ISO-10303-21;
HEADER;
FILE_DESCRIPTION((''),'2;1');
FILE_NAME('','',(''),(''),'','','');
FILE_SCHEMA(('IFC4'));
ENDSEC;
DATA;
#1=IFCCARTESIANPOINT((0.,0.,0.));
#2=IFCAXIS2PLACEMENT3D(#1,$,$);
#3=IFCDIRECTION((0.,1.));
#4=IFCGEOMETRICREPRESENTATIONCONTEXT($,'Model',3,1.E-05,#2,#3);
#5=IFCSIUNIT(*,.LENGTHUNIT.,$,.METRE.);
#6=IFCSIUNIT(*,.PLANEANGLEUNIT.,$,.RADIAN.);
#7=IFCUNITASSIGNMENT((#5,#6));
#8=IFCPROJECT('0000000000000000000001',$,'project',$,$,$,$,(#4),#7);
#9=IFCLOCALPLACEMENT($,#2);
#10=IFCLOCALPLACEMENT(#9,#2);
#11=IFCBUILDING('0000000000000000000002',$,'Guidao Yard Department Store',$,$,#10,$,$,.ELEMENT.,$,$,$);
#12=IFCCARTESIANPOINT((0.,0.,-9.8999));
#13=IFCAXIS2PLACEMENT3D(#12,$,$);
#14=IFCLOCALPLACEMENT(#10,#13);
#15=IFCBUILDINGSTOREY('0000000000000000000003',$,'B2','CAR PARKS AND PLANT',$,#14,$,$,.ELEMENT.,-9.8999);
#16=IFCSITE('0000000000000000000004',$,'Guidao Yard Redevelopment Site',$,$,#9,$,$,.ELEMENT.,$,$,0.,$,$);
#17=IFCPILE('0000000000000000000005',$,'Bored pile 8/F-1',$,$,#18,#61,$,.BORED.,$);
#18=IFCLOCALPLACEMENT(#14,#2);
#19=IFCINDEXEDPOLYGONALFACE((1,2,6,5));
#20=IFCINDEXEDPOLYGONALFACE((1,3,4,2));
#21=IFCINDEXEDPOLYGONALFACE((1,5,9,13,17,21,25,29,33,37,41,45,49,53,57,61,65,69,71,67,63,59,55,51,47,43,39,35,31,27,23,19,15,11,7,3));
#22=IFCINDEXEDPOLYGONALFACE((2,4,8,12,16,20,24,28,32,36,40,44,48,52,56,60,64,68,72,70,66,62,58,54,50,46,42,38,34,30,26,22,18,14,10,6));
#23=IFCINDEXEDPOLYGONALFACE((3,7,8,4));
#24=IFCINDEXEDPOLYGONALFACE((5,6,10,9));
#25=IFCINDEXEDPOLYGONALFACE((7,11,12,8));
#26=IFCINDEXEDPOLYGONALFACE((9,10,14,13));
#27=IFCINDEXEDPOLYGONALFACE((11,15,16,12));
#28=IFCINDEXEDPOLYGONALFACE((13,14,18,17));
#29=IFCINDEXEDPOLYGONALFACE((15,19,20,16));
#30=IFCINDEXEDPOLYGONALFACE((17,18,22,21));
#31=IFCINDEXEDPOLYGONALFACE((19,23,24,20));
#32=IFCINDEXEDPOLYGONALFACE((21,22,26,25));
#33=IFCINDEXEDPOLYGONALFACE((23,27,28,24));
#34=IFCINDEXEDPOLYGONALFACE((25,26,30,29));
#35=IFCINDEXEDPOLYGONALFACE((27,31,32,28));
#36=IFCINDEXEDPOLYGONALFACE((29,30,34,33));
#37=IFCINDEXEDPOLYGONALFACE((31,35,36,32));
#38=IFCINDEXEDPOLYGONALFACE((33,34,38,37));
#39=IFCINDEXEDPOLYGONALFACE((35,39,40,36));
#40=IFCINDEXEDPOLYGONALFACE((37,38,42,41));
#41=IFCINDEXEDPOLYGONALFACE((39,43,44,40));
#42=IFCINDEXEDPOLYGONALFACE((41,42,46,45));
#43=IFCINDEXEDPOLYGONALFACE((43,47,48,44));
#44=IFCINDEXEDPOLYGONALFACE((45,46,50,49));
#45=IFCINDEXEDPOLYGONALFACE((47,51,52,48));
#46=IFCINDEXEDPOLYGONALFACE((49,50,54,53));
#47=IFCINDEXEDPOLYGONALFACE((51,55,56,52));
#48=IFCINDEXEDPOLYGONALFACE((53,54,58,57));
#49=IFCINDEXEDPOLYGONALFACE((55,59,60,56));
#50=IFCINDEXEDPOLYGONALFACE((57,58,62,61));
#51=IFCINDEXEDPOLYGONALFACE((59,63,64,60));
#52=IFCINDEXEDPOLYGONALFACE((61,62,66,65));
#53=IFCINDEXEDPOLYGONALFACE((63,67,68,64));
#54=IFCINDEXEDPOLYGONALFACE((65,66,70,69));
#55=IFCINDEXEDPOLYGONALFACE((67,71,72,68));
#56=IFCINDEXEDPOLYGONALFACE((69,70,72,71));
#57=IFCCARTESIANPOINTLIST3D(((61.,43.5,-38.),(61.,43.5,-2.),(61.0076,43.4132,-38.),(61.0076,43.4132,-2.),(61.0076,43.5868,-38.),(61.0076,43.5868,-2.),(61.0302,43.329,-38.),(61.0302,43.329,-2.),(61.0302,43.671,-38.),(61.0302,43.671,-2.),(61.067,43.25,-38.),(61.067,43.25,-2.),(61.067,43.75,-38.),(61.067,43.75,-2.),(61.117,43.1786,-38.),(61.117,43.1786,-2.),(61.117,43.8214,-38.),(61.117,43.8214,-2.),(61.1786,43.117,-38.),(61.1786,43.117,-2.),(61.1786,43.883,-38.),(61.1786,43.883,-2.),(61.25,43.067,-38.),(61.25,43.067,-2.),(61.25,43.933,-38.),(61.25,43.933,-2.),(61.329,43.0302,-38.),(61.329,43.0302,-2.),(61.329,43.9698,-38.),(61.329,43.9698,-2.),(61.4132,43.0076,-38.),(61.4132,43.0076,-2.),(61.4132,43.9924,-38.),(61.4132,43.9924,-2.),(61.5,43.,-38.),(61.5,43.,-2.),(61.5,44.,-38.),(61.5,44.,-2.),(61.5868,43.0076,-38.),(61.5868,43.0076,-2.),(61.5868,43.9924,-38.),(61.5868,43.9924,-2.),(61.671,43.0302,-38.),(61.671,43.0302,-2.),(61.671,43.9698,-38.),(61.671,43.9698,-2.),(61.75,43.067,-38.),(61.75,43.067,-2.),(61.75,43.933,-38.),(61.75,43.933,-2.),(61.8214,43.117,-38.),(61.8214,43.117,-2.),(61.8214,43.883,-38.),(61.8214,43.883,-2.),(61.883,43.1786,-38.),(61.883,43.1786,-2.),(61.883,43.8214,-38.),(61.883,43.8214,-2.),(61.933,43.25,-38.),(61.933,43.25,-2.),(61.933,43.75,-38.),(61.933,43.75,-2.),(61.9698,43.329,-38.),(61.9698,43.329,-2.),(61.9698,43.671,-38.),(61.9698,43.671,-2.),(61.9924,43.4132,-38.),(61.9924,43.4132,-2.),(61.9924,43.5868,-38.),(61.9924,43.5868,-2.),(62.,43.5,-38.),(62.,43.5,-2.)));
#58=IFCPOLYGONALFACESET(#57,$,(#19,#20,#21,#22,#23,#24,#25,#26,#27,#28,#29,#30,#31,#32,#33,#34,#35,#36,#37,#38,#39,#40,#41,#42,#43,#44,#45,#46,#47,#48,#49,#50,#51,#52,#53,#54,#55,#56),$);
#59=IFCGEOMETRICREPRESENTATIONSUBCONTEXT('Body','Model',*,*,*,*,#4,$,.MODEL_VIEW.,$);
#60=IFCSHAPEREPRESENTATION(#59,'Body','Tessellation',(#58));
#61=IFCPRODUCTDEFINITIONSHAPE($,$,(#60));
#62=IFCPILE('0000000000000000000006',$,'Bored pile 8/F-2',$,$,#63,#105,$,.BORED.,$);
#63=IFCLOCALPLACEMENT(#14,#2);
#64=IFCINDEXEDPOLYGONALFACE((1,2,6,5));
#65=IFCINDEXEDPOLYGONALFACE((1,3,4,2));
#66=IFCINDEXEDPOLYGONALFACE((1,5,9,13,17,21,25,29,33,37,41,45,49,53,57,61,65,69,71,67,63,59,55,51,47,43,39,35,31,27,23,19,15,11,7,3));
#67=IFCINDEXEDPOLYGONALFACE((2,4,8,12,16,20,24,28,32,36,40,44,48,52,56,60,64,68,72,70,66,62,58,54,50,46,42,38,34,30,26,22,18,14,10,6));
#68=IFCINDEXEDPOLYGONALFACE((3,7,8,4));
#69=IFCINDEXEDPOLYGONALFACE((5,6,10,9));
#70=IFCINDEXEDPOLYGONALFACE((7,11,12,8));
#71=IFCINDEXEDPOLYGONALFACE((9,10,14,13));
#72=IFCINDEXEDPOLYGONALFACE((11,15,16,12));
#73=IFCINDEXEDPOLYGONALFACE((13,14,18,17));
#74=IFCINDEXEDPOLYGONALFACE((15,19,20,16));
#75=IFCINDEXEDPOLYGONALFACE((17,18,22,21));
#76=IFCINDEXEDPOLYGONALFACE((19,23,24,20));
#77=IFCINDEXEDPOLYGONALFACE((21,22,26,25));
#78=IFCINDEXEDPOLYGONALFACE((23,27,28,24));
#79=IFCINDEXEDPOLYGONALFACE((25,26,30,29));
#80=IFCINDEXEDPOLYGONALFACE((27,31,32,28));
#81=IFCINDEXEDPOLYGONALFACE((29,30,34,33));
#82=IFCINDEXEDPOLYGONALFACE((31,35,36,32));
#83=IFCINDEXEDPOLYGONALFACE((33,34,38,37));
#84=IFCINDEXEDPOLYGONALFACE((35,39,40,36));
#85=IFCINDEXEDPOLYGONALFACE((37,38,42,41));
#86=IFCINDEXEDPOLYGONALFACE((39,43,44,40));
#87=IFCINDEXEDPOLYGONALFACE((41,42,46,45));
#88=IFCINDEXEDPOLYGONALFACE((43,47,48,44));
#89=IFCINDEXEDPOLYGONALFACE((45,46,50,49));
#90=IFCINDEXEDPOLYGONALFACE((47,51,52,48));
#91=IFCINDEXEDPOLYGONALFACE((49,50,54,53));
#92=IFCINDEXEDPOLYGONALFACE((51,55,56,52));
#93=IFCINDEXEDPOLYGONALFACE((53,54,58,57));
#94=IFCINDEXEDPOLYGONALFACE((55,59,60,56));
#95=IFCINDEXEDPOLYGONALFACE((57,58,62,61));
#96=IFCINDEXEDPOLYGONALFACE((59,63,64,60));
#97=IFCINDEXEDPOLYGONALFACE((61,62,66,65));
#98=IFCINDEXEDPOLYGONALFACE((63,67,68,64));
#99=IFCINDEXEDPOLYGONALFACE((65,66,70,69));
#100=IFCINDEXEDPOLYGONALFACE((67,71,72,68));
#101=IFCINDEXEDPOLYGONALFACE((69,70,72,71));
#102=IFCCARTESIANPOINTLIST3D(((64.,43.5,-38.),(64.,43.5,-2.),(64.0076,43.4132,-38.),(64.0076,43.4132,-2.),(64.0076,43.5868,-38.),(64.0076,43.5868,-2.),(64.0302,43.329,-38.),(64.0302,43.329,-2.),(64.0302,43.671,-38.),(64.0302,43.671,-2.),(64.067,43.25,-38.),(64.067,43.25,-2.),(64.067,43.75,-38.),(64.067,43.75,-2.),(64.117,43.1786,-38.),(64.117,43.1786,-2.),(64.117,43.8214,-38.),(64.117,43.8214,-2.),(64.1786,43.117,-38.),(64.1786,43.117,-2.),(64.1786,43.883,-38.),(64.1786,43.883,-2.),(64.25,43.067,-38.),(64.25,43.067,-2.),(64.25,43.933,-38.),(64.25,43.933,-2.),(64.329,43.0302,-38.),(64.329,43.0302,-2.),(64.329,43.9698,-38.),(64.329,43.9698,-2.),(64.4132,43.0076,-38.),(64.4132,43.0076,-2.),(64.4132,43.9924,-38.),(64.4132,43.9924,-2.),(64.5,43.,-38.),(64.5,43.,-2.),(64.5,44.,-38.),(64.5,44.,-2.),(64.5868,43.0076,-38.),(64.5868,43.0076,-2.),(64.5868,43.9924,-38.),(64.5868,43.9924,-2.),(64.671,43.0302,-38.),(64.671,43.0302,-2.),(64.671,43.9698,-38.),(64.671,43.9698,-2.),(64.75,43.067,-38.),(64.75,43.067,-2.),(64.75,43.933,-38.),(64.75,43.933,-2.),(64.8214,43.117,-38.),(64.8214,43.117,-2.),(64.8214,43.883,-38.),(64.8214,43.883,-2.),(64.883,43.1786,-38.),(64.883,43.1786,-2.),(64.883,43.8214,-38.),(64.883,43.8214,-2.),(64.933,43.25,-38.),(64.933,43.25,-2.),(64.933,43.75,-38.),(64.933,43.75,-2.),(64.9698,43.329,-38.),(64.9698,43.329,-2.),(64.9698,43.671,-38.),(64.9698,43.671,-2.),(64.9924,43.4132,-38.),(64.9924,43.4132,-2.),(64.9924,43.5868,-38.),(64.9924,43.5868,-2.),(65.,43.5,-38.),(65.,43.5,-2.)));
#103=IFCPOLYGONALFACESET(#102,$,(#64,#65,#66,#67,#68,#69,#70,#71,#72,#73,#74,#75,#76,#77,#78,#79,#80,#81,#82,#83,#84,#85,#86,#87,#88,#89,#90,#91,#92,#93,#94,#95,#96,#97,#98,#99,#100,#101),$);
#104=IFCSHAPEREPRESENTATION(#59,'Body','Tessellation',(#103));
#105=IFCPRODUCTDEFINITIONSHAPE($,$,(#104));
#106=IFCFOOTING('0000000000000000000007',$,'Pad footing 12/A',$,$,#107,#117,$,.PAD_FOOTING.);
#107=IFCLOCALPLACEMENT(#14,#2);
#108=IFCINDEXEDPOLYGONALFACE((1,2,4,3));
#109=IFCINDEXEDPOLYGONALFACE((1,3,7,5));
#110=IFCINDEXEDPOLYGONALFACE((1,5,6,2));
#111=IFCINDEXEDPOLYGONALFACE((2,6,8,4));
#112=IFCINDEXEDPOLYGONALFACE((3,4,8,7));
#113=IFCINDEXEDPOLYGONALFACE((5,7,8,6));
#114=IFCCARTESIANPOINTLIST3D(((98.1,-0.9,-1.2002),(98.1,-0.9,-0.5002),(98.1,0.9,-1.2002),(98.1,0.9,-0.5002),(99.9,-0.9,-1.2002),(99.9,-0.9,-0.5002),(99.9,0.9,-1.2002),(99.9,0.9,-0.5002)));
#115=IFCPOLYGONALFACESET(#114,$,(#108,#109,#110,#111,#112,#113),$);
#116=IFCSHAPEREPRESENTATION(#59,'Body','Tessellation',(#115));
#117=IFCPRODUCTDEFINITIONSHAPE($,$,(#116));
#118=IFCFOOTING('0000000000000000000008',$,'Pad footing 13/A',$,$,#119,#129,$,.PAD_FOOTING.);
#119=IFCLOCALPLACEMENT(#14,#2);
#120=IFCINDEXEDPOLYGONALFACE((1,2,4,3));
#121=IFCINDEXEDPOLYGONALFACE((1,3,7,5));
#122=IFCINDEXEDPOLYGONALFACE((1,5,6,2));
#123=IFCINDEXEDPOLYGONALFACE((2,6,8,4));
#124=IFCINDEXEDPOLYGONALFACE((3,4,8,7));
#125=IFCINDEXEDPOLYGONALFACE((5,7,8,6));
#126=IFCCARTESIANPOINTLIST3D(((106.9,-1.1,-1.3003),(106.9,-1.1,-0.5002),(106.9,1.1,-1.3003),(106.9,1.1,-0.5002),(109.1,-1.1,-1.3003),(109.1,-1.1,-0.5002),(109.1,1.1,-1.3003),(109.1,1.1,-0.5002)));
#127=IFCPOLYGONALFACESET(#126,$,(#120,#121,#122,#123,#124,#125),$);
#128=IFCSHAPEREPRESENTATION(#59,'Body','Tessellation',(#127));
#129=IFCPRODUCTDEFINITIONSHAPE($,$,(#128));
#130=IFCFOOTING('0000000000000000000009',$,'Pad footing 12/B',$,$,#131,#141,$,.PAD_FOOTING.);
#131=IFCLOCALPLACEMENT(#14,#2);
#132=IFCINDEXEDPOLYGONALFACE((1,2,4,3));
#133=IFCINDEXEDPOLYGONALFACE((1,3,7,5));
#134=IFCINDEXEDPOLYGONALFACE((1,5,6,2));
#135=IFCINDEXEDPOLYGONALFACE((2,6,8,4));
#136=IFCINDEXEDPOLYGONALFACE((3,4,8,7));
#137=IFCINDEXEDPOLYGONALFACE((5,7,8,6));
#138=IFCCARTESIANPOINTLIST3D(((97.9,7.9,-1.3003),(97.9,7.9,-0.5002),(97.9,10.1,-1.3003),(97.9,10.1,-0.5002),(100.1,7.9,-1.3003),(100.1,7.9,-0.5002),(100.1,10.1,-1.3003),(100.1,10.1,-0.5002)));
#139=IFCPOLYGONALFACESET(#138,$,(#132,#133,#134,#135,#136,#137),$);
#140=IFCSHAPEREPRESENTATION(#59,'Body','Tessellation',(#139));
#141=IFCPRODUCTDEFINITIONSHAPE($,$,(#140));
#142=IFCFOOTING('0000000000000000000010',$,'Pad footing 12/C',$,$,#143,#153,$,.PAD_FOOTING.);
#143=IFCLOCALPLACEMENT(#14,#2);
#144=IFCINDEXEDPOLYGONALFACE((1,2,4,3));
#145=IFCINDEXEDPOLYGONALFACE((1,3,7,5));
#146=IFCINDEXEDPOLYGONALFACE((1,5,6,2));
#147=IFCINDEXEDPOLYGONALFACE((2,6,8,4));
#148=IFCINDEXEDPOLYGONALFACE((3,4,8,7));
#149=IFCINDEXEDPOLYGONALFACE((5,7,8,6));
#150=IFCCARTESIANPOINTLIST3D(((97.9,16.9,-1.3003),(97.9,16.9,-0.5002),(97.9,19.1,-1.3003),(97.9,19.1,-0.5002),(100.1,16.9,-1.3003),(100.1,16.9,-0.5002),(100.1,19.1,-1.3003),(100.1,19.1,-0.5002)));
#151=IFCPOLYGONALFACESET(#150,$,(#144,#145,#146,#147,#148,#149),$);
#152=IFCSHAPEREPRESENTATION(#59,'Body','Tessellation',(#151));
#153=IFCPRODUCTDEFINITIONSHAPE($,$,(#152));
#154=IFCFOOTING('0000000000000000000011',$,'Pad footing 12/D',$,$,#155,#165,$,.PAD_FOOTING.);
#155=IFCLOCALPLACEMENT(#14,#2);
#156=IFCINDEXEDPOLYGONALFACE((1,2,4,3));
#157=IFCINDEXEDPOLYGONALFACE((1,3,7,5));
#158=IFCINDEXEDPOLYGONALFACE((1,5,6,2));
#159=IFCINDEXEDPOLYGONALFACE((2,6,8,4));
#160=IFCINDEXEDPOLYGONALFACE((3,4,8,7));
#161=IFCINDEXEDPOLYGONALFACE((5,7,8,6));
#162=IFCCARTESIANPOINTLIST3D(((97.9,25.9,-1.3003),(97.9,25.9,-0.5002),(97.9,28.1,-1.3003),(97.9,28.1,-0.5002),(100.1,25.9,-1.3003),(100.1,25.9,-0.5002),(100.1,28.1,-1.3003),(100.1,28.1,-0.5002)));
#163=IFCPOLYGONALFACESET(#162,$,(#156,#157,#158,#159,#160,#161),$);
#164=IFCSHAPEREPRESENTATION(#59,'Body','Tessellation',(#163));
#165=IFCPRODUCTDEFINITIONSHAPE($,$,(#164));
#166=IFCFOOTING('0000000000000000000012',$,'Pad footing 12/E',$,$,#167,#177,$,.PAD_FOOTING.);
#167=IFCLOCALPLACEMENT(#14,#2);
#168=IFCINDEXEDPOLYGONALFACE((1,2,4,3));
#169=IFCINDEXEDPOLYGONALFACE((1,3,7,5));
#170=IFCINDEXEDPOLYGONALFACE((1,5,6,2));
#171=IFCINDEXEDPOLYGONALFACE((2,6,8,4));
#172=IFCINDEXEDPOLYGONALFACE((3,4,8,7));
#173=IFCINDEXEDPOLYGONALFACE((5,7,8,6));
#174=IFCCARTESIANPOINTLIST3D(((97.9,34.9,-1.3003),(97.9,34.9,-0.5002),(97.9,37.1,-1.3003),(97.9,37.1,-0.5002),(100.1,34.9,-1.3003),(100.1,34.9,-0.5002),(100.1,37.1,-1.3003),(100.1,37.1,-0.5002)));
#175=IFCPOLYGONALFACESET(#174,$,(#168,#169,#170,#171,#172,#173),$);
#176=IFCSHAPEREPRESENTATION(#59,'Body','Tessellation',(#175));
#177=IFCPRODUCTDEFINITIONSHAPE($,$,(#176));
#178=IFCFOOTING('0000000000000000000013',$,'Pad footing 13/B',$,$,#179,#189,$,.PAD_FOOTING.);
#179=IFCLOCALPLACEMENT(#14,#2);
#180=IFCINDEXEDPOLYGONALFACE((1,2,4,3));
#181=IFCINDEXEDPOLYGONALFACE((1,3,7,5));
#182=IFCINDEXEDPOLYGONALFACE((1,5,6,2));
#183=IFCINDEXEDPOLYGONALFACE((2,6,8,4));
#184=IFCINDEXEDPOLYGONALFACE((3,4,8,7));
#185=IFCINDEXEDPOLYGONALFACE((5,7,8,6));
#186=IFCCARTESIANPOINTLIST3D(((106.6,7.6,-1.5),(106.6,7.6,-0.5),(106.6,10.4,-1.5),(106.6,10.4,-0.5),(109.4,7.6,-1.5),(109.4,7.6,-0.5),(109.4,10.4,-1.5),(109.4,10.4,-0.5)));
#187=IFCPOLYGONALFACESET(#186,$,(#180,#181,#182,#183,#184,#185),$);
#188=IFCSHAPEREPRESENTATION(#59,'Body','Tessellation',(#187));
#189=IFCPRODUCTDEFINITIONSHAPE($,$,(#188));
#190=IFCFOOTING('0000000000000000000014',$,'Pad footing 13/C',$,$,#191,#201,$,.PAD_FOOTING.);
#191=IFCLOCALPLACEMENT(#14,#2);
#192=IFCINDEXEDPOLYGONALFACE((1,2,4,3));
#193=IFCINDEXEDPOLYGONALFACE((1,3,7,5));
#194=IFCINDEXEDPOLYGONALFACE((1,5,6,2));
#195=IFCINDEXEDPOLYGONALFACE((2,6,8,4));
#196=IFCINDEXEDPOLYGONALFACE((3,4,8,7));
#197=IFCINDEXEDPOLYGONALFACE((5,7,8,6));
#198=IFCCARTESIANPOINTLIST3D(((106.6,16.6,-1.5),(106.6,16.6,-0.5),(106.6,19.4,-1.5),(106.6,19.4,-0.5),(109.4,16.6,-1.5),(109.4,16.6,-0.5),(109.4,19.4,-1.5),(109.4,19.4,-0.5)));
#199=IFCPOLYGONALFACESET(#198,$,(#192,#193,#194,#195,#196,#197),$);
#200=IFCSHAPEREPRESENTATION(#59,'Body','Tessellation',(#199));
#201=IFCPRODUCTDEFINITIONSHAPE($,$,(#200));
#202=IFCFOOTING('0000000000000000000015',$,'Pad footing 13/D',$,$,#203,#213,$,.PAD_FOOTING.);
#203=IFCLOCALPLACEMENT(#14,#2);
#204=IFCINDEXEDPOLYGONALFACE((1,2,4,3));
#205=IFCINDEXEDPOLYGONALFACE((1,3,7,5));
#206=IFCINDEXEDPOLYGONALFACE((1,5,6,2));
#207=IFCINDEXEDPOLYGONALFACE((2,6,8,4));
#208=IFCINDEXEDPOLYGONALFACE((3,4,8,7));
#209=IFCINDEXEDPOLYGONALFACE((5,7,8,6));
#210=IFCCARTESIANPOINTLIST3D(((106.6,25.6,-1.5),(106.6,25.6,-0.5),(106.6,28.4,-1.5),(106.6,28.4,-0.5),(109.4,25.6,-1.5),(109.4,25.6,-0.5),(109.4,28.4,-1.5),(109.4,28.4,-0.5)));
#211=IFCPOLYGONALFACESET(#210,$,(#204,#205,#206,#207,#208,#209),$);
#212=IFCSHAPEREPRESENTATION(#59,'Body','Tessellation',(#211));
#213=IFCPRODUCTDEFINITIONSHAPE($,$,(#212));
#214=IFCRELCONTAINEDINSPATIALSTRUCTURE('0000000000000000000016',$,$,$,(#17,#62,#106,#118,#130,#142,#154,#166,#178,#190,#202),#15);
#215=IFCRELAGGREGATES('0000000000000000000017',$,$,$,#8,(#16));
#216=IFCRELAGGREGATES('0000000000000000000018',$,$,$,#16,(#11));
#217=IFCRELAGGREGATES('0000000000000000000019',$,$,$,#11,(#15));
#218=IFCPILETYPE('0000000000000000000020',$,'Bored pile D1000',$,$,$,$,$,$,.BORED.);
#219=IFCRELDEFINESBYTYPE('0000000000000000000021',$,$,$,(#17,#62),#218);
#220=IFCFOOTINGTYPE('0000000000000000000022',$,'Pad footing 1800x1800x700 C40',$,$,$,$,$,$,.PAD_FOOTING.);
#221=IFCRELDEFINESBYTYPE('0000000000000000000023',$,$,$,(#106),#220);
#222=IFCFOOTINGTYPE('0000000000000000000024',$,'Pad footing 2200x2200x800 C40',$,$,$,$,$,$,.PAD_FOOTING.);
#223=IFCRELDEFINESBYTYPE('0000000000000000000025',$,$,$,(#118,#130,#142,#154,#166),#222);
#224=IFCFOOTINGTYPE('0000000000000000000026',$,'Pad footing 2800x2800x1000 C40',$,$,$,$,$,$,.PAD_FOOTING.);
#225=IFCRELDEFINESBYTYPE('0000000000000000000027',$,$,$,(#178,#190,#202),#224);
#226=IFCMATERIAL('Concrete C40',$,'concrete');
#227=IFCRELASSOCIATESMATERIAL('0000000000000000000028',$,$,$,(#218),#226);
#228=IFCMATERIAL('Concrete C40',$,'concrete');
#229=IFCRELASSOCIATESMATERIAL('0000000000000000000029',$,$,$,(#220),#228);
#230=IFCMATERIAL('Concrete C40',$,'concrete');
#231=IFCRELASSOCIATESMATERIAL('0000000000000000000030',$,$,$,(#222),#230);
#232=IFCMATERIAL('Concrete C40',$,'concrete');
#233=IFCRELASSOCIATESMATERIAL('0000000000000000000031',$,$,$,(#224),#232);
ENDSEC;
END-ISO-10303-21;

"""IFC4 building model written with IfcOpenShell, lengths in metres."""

from ifc_helpers import new_model, si_unit, direction, frame, origin, origin_2d, place, context, subcontext, project, spatial, rectangle, circle, extrude, material, material_profile, profile_set, type_object, element, save


model = new_model("IFC4")

# Units and contexts
model_context = context("Model", 3, precision=1e-05, world=origin(), true_north=direction((0.0, 1.0)))
body_context = subcontext(model_context, "Body", "Model", "MODEL_VIEW")
ifc_project = project(units=[si_unit("LENGTHUNIT", "METRE"), si_unit("PLANEANGLEUNIT", "RADIAN")], contexts=[model_context])

# Site, building, storey
site_placement = place(None, origin())
site = spatial("IfcSite", under=ifc_project, at=site_placement, Name="Guidao Yard Redevelopment Site", CompositionType="ELEMENT", RefElevation=0.0)
building_placement = place(site_placement, origin())
building = spatial("IfcBuilding", under=site, at=building_placement, Name="Guidao Yard Department Store", CompositionType="ELEMENT")
storey_placement = place(building_placement, frame((0.0, 0.0, -9.8999)))
storey = spatial("IfcBuildingStorey", under=building, at=storey_placement, Name="B2", Description="CAR PARKS AND PLANT", CompositionType="ELEMENT", Elevation=-9.8999)

# Piles
ifc_material_1 = material(Name="Concrete C40", Category="concrete")
ifc_material_profile_1 = material_profile(ifc_material_1, circle(Radius=0.5, at=origin_2d()), Name="Bored pile D1000")
ifc_profile_set_1 = profile_set([ifc_material_profile_1], Name="Concrete C40")
pile_type = type_object("IfcPileType", Name="Bored pile D1000", PredefinedType="BORED", material=ifc_profile_set_1)
for number, where, z_axis, x_axis, name in (
    (1, (61.5, 43.5, -2.0), (0.0, 0.0, -1.0), (1.0, 0.0, 0.0), "Bored pile 8/F-1"),
    (2, (64.5, 43.5, -2.0), (0.0, 0.0, -1.0), (1.0, 0.0, 0.0), "Bored pile 8/F-2"),
):
    element("IfcPile", number, at=place(storey_placement, frame(where, z_axis=z_axis, x_axis=x_axis)), inside=storey, type_object=pile_type, Name=name, PredefinedType="BORED", context=body_context, shape_type="SweptSolid", body=[
        extrude(circle(Radius=0.5, at=origin_2d()), origin(), (0.0, 0.0, 1.0), 36.0),
    ])

# Footings
ifc_material_2 = material(Name="Concrete C40", Category="concrete")
footing_type_1 = type_object("IfcFootingType", Name="Pad footing 1800x1800x700 C40", PredefinedType="PAD_FOOTING", material=ifc_material_2)
footing_1_placement = place(storey_placement, frame((99.0, 0.0, -1.2002), z_axis=(0.0, 0.0, 1.0), x_axis=(1.0, 0.0, 0.0)))
element("IfcFooting", 3, at=footing_1_placement, inside=storey, type_object=footing_type_1, Name="Pad footing 12/A", PredefinedType="PAD_FOOTING", context=body_context, shape_type="SweptSolid", body=[
    extrude(rectangle(XDim=1.8, YDim=1.8, at=origin_2d()), origin(), (0.0, 0.0, 1.0), 0.7),
])
ifc_material_3 = material(Name="Concrete C40", Category="concrete")
footing_type_2 = type_object("IfcFootingType", Name="Pad footing 2200x2200x800 C40", PredefinedType="PAD_FOOTING", material=ifc_material_3)
for number, where, z_axis, x_axis, name in (
    (4, (108.0, 0.0, -1.3003), (0.0, 0.0, 1.0), (1.0, 0.0, 0.0), "Pad footing 13/A"),
    (5, (99.0, 9.0, -1.3003), (0.0, 0.0, 1.0), (1.0, 0.0, 0.0), "Pad footing 12/B"),
    (6, (99.0, 18.0, -1.3003), (0.0, 0.0, 1.0), (1.0, 0.0, 0.0), "Pad footing 12/C"),
    (7, (99.0, 27.0, -1.3003), (0.0, 0.0, 1.0), (1.0, 0.0, 0.0), "Pad footing 12/D"),
    (8, (99.0, 36.0, -1.3003), (0.0, 0.0, 1.0), (1.0, 0.0, 0.0), "Pad footing 12/E"),
):
    element("IfcFooting", number, at=place(storey_placement, frame(where, z_axis=z_axis, x_axis=x_axis)), inside=storey, type_object=footing_type_2, Name=name, PredefinedType="PAD_FOOTING", context=body_context, shape_type="SweptSolid", body=[
        extrude(rectangle(XDim=2.2, YDim=2.2, at=origin_2d()), origin(), (0.0, 0.0, 1.0), 0.8),
    ])
ifc_material_4 = material(Name="Concrete C40", Category="concrete")
footing_type_3 = type_object("IfcFootingType", Name="Pad footing 2800x2800x1000 C40", PredefinedType="PAD_FOOTING", material=ifc_material_4)
for number, where, z_axis, x_axis, name in (
    (9, (108.0, 9.0, -1.5), (0.0, 0.0, 1.0), (1.0, 0.0, 0.0), "Pad footing 13/B"),
    (10, (108.0, 18.0, -1.5), (0.0, 0.0, 1.0), (1.0, 0.0, 0.0), "Pad footing 13/C"),
    (11, (108.0, 27.0, -1.5), (0.0, 0.0, 1.0), (1.0, 0.0, 0.0), "Pad footing 13/D"),
):
    element("IfcFooting", number, at=place(storey_placement, frame(where, z_axis=z_axis, x_axis=x_axis)), inside=storey, type_object=footing_type_3, Name=name, PredefinedType="PAD_FOOTING", context=body_context, shape_type="SweptSolid", body=[
        extrude(rectangle(XDim=2.8, YDim=2.8, at=origin_2d()), origin(), (0.0, 0.0, 1.0), 1.0),
    ])

save(model, "model.ifc")
